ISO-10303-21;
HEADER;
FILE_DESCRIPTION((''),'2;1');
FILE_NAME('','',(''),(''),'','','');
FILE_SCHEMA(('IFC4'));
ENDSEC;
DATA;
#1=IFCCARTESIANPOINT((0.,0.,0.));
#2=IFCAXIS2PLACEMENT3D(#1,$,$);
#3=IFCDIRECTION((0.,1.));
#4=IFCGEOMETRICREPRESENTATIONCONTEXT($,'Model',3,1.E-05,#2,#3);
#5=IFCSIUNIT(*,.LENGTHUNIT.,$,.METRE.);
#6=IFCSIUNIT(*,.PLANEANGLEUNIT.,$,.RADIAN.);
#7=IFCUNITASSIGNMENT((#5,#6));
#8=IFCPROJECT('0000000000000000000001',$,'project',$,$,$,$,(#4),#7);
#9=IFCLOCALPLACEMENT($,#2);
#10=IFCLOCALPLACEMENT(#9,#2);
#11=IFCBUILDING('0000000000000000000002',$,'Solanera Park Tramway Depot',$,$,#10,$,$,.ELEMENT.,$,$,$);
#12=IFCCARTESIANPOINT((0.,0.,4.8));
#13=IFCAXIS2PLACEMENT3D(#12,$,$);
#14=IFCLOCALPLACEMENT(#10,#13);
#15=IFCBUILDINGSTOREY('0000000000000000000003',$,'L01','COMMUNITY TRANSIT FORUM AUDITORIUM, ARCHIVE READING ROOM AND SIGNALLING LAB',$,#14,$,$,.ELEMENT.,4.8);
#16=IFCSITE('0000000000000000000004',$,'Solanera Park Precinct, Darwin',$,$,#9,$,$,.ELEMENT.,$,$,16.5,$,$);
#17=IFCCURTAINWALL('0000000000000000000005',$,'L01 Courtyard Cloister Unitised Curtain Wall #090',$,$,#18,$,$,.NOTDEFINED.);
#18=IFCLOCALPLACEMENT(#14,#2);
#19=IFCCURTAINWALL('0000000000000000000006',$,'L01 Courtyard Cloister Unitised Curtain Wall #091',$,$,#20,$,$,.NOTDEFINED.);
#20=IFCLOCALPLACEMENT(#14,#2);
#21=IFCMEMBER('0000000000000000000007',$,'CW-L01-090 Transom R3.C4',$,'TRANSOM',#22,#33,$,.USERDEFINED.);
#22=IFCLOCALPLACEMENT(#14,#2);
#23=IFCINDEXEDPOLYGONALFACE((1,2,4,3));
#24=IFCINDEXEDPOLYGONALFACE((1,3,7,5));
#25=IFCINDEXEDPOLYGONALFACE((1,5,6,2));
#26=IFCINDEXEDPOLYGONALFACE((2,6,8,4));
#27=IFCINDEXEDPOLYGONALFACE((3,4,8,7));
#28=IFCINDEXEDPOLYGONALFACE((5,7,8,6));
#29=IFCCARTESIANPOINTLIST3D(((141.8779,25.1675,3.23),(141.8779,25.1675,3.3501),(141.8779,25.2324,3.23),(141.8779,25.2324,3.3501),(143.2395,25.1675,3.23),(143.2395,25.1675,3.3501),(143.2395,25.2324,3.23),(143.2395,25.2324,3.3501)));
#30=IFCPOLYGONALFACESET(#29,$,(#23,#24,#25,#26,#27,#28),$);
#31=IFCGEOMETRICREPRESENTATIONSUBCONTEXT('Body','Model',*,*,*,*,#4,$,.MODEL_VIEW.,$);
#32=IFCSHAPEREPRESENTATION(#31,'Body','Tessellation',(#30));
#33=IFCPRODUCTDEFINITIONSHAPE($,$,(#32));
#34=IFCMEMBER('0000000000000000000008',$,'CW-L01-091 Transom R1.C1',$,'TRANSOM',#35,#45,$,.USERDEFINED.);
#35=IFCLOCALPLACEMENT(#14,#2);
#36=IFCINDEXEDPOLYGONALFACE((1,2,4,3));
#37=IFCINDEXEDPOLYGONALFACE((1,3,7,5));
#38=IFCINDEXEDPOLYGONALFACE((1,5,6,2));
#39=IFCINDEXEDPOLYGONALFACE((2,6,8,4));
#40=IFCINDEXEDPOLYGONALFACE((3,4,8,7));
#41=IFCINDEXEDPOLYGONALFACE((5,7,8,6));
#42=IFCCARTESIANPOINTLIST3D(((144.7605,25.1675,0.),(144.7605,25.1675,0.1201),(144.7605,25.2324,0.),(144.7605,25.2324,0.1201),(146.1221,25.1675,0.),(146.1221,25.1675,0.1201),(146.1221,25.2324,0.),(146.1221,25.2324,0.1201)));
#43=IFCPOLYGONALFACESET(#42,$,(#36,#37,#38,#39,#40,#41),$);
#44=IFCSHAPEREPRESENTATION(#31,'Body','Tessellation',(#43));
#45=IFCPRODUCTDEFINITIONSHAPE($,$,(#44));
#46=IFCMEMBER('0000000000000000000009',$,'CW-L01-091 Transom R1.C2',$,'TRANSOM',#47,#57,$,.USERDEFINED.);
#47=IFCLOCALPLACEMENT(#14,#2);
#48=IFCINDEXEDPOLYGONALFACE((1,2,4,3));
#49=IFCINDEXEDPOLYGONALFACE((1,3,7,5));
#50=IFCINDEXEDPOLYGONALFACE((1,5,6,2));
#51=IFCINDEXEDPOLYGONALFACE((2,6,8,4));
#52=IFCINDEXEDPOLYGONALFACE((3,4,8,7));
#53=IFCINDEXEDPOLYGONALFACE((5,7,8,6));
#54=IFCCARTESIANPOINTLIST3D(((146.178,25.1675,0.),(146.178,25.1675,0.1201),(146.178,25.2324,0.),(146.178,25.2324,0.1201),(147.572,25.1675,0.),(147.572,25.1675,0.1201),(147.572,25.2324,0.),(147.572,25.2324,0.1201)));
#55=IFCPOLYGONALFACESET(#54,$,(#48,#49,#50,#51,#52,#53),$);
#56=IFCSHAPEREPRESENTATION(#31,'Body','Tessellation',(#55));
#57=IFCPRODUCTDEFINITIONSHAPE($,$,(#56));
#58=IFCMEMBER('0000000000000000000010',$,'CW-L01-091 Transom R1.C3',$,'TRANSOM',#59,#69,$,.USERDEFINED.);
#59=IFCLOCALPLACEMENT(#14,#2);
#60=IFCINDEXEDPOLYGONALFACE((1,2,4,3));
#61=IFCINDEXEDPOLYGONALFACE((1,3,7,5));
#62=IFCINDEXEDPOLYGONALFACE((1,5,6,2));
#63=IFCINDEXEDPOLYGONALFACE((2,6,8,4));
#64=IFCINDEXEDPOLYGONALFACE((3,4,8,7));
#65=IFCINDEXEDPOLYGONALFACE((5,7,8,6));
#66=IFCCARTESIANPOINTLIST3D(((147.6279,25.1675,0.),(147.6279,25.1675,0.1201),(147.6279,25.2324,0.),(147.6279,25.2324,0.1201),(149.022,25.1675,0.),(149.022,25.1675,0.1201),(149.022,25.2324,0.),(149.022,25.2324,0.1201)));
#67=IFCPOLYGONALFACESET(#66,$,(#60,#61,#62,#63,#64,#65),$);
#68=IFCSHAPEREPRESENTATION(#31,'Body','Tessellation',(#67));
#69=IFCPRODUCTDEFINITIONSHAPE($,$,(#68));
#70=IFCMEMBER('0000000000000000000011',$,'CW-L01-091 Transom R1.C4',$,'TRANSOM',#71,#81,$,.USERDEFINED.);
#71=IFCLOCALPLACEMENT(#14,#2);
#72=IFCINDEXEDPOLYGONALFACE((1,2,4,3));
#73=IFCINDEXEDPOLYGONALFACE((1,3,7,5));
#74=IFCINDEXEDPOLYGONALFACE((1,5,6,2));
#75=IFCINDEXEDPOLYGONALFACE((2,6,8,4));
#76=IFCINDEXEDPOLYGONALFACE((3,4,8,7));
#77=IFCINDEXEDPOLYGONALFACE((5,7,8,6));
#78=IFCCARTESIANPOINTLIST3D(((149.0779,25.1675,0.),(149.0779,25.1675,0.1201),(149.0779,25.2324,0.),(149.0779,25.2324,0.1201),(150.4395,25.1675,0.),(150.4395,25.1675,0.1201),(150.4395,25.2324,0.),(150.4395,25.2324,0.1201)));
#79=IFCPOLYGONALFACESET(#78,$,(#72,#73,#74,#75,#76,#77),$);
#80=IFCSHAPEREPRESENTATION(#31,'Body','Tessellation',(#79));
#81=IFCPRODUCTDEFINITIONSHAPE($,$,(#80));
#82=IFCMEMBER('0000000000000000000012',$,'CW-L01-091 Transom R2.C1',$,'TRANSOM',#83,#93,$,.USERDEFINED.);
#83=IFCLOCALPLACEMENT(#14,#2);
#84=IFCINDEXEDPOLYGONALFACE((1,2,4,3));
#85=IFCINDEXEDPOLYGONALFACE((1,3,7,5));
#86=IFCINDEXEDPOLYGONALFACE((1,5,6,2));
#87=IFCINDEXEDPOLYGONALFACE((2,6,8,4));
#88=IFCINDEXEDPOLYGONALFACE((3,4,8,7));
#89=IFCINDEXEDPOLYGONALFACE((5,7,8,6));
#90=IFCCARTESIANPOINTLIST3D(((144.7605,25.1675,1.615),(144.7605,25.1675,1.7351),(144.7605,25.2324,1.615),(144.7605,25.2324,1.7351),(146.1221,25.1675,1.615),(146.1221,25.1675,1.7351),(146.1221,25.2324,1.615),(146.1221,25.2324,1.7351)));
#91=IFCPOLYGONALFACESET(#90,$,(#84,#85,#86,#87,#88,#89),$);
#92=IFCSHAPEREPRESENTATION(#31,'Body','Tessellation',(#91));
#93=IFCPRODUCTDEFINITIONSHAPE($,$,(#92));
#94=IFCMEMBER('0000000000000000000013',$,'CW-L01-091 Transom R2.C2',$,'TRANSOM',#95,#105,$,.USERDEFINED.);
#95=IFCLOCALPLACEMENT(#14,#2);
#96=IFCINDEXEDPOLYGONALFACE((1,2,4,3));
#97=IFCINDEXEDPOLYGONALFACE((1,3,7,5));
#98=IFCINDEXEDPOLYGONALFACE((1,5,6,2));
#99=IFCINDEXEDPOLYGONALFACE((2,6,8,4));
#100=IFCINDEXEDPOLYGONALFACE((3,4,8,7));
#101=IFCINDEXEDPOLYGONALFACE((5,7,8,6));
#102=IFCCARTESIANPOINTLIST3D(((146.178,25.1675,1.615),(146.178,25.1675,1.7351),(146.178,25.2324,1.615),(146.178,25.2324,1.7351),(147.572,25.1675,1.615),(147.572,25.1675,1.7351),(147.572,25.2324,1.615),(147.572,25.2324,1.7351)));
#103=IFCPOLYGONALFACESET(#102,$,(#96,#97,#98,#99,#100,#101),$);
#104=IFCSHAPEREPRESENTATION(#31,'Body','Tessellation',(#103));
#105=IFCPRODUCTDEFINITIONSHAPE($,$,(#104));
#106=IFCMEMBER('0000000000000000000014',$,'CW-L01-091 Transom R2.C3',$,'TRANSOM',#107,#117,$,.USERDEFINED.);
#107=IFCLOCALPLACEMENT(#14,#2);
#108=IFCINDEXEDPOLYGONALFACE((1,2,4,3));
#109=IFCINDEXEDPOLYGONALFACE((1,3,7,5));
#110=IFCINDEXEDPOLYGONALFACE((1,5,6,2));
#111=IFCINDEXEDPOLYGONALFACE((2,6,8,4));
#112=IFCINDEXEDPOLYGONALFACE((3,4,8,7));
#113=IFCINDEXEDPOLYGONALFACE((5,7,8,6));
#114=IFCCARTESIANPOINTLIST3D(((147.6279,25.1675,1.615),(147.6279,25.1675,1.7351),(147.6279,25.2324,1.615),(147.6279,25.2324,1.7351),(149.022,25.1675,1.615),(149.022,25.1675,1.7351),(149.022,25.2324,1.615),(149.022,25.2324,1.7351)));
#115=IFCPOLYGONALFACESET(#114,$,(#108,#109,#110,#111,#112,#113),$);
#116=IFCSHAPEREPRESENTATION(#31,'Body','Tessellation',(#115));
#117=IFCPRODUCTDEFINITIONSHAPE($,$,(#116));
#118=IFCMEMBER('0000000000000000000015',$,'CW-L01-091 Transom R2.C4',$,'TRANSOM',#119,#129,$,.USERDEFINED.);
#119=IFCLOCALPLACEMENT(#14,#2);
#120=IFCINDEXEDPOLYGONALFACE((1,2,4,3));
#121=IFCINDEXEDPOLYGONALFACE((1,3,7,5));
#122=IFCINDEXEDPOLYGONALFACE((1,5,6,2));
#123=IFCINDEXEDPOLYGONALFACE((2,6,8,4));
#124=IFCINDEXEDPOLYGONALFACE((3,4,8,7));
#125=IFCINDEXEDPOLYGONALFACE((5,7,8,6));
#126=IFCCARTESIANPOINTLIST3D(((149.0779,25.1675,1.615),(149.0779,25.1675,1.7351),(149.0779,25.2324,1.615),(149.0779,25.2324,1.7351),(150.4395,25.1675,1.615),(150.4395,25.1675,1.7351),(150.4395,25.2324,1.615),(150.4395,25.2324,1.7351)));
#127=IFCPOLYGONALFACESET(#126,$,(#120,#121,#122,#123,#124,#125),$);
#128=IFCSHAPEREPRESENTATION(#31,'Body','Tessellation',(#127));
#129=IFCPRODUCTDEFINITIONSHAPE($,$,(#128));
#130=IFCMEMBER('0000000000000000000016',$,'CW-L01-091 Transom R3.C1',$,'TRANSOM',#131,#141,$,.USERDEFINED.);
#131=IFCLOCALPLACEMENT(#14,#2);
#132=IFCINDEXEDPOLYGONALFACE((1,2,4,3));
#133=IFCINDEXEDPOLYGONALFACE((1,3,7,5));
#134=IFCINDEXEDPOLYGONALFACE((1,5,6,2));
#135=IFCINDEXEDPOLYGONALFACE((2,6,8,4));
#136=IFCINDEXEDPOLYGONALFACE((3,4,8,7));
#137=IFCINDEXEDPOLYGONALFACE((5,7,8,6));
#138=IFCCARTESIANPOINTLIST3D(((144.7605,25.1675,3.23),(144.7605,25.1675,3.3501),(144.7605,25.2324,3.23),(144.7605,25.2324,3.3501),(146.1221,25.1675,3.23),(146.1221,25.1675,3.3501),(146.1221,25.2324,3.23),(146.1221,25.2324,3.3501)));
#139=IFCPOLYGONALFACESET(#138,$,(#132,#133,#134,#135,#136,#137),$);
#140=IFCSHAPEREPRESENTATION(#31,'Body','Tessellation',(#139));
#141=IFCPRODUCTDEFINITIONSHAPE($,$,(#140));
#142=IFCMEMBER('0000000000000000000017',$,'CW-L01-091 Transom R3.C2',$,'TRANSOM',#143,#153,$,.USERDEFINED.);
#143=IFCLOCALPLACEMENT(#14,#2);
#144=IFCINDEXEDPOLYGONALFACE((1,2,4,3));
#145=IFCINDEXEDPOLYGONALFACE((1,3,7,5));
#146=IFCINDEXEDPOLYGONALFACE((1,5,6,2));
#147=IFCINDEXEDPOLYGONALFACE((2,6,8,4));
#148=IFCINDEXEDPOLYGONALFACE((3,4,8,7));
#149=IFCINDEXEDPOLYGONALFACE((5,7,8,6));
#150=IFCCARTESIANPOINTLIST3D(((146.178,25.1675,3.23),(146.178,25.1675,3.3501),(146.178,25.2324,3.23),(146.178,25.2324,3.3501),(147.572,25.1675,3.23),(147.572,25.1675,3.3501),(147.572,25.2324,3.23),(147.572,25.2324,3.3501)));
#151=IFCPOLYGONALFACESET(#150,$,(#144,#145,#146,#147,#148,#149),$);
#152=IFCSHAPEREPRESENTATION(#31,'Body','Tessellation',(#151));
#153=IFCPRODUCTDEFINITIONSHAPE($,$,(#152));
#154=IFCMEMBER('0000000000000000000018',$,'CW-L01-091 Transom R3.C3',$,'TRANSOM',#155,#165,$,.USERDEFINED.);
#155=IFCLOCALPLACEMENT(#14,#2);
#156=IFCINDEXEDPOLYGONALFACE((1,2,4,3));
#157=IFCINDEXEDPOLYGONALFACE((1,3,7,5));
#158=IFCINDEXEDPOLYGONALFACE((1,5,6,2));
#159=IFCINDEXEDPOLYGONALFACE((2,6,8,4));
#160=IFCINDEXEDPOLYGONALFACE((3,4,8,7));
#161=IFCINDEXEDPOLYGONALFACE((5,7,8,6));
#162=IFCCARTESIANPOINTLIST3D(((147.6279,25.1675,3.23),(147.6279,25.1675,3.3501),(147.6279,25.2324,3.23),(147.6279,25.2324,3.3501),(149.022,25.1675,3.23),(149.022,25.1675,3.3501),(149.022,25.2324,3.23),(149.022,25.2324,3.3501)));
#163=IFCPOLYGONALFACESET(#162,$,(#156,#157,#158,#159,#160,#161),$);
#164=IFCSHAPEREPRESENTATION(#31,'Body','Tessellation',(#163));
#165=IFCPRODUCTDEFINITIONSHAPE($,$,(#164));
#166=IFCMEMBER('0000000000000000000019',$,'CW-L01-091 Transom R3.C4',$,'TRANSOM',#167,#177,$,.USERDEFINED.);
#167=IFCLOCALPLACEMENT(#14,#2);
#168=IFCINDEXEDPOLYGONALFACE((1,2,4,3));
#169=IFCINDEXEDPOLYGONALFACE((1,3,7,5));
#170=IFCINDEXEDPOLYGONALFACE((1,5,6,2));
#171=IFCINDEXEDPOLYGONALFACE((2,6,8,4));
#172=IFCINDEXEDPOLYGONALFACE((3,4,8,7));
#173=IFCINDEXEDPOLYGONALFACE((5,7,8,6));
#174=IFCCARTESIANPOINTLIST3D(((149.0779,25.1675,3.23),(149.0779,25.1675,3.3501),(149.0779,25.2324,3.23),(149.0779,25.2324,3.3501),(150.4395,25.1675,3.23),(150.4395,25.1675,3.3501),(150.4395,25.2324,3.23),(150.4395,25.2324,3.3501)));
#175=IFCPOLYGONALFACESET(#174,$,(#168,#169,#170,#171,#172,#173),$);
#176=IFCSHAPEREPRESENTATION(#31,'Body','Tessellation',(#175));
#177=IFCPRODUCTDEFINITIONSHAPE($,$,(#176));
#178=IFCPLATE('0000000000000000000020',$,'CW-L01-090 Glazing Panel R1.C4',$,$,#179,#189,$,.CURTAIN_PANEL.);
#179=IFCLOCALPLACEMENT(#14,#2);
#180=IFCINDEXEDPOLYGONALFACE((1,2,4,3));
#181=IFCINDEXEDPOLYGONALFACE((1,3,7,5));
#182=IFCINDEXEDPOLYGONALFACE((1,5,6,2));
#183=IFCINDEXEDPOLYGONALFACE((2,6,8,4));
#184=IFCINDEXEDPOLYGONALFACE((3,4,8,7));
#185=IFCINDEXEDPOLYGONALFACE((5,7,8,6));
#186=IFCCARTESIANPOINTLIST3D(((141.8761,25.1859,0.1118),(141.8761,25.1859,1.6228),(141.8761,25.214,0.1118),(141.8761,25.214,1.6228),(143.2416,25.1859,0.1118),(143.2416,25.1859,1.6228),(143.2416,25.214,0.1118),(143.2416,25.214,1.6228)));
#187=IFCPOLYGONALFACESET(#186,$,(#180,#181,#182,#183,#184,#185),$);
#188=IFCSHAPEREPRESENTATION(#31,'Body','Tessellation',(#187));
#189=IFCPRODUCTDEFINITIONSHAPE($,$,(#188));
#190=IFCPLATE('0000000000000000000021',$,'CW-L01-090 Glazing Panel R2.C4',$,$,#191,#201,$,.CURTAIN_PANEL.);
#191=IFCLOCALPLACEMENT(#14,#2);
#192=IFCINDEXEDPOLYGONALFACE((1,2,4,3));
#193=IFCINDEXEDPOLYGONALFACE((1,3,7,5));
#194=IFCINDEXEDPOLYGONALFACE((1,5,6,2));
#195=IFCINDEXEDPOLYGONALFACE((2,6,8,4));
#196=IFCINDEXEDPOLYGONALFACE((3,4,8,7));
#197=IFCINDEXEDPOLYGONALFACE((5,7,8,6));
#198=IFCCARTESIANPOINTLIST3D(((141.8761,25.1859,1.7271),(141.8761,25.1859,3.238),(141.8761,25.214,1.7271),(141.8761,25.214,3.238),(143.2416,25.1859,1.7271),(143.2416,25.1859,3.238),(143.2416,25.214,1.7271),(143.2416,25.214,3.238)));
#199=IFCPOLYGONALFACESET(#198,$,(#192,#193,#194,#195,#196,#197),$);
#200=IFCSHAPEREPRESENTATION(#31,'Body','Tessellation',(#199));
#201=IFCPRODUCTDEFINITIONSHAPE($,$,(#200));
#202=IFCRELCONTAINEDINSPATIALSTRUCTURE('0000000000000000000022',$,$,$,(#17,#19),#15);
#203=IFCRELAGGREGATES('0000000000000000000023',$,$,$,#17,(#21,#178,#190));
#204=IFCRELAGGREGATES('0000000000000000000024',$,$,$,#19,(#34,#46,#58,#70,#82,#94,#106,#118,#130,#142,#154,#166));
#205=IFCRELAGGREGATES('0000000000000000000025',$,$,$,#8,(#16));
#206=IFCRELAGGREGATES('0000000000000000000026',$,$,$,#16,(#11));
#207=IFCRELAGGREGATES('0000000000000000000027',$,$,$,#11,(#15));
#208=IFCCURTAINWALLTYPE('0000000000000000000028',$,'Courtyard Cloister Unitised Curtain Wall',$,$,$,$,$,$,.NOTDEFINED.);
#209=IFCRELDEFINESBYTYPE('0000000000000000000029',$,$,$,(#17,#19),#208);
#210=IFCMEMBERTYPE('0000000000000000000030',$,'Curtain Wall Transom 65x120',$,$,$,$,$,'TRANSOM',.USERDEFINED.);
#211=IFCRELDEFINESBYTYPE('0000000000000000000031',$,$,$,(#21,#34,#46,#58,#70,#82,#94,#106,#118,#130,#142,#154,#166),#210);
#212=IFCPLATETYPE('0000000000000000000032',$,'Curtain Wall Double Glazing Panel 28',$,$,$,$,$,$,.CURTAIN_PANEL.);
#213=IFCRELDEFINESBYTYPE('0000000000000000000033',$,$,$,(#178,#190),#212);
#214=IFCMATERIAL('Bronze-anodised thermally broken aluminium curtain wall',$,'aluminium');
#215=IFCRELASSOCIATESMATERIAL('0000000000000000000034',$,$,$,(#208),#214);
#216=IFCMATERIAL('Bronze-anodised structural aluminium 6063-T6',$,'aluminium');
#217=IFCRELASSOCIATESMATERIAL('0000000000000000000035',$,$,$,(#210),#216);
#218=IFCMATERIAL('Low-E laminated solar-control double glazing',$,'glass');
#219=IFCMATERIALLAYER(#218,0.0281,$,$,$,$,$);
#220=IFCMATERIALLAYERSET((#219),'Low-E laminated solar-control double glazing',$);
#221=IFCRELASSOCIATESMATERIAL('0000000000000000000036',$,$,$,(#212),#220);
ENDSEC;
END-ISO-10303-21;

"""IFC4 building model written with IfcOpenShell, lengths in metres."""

from ifc_helpers import new_model, si_unit, direction, frame, origin, origin_2d, place, context, subcontext, project, spatial, rectangle, extrude, material, layer, layer_set, material_profile, profile_set, type_object, element, aggregate, save


model = new_model("IFC4")

# Units and contexts
model_context = context("Model", 3, precision=1e-05, world=origin(), true_north=direction((0.0, 1.0)))
body_context = subcontext(model_context, "Body", "Model", "MODEL_VIEW")
ifc_project = project(units=[si_unit("LENGTHUNIT", "METRE"), si_unit("PLANEANGLEUNIT", "RADIAN")], contexts=[model_context])

# Site, building, storey
site_placement = place(None, origin())
site = spatial("IfcSite", under=ifc_project, at=site_placement, Name="Solanera Park Precinct, Darwin", CompositionType="ELEMENT", RefElevation=16.5)
building_placement = place(site_placement, origin())
building = spatial("IfcBuilding", under=site, at=building_placement, Name="Solanera Park Tramway Depot", CompositionType="ELEMENT")
storey_placement = place(building_placement, frame((0.0, 0.0, 4.8)))
storey = spatial("IfcBuildingStorey", under=building, at=storey_placement, Name="L01", Description="COMMUNITY TRANSIT FORUM AUDITORIUM, ARCHIVE READING ROOM AND SIGNALLING LAB", CompositionType="ELEMENT", Elevation=4.8)

# Curtain walls
ifc_material_1 = material(Name="Bronze-anodised thermally broken aluminium curtain wall", Category="aluminium")
curtain_wall_type = type_object("IfcCurtainWallType", Name="Courtyard Cloister Unitised Curtain Wall", PredefinedType="NOTDEFINED", material=ifc_material_1)
curtain_wall_1_placement = place(storey_placement, origin())
curtain_wall_1 = element("IfcCurtainWall", 1, at=curtain_wall_1_placement, inside=storey, type_object=curtain_wall_type, Name="L01 Courtyard Cloister Unitised Curtain Wall #090", PredefinedType="NOTDEFINED")
curtain_wall_2_placement = place(storey_placement, origin())
curtain_wall_2 = element("IfcCurtainWall", 2, at=curtain_wall_2_placement, inside=storey, type_object=curtain_wall_type, Name="L01 Courtyard Cloister Unitised Curtain Wall #091", PredefinedType="NOTDEFINED")

# Members
ifc_material_2 = material(Name="Bronze-anodised structural aluminium 6063-T6", Category="aluminium")
ifc_material_profile_1 = material_profile(ifc_material_2, rectangle(XDim=0.0649, YDim=0.1201, at=origin_2d()), Name="Curtain Wall Transom 65x120")
ifc_profile_set_1 = profile_set([ifc_material_profile_1], Name="Bronze-anodised structural aluminium 6063-T6")
member_type_1 = type_object("IfcMemberType", Name="Curtain Wall Transom 65x120", ElementType="TRANSOM", PredefinedType="USERDEFINED", material=ifc_profile_set_1)
member_1_placement = place(storey_placement, frame((141.8779, 25.2, 3.29), z_axis=(1.0, 0.0, 0.0), x_axis=(0.0, 1.0, 0.0)))
member_1 = element("IfcMember", 3, at=member_1_placement, type_object=member_type_1, Name="CW-L01-090 Transom R3.C4", ObjectType="TRANSOM", PredefinedType="USERDEFINED", context=body_context, shape_type="SweptSolid", body=[
    extrude(rectangle(XDim=0.0649, YDim=0.1201, at=origin_2d()), origin(), (0.0, 0.0, 1.0), 1.3616),
])
member_2_placement = place(storey_placement, frame((144.7605, 25.2, 0.0601), z_axis=(1.0, 0.0, 0.0), x_axis=(0.0, 1.0, 0.0)))
member_2 = element("IfcMember", 4, at=member_2_placement, type_object=member_type_1, Name="CW-L01-091 Transom R1.C1", ObjectType="TRANSOM", PredefinedType="USERDEFINED", context=body_context, shape_type="SweptSolid", body=[
    extrude(rectangle(XDim=0.0649, YDim=0.1201, at=origin_2d()), origin(), (0.0, 0.0, 1.0), 1.3616),
])
member_3_placement = place(storey_placement, frame((146.178, 25.2, 0.0601), z_axis=(1.0, 0.0, 0.0), x_axis=(0.0, 1.0, 0.0)))
member_3 = element("IfcMember", 5, at=member_3_placement, type_object=member_type_1, Name="CW-L01-091 Transom R1.C2", ObjectType="TRANSOM", PredefinedType="USERDEFINED", context=body_context, shape_type="SweptSolid", body=[
    extrude(rectangle(XDim=0.0649, YDim=0.1201, at=origin_2d()), origin(), (0.0, 0.0, 1.0), 1.394),
])
member_4_placement = place(storey_placement, frame((147.6279, 25.2, 0.0601), z_axis=(1.0, 0.0, 0.0), x_axis=(0.0, 1.0, 0.0)))
member_4 = element("IfcMember", 6, at=member_4_placement, type_object=member_type_1, Name="CW-L01-091 Transom R1.C3", ObjectType="TRANSOM", PredefinedType="USERDEFINED", context=body_context, shape_type="SweptSolid", body=[
    extrude(rectangle(XDim=0.0649, YDim=0.1201, at=origin_2d()), origin(), (0.0, 0.0, 1.0), 1.394),
])
member_5_placement = place(storey_placement, frame((149.0779, 25.2, 0.0601), z_axis=(1.0, 0.0, 0.0), x_axis=(0.0, 1.0, 0.0)))
member_5 = element("IfcMember", 7, at=member_5_placement, type_object=member_type_1, Name="CW-L01-091 Transom R1.C4", ObjectType="TRANSOM", PredefinedType="USERDEFINED", context=body_context, shape_type="SweptSolid", body=[
    extrude(rectangle(XDim=0.0649, YDim=0.1201, at=origin_2d()), origin(), (0.0, 0.0, 1.0), 1.3616),
])
member_6_placement = place(storey_placement, frame((144.7605, 25.2, 1.675), z_axis=(1.0, 0.0, 0.0), x_axis=(0.0, 1.0, 0.0)))
member_6 = element("IfcMember", 8, at=member_6_placement, type_object=member_type_1, Name="CW-L01-091 Transom R2.C1", ObjectType="TRANSOM", PredefinedType="USERDEFINED", context=body_context, shape_type="SweptSolid", body=[
    extrude(rectangle(XDim=0.0649, YDim=0.1201, at=origin_2d()), origin(), (0.0, 0.0, 1.0), 1.3616),
])
member_7_placement = place(storey_placement, frame((146.178, 25.2, 1.675), z_axis=(1.0, 0.0, 0.0), x_axis=(0.0, 1.0, 0.0)))
member_7 = element("IfcMember", 9, at=member_7_placement, type_object=member_type_1, Name="CW-L01-091 Transom R2.C2", ObjectType="TRANSOM", PredefinedType="USERDEFINED", context=body_context, shape_type="SweptSolid", body=[
    extrude(rectangle(XDim=0.0649, YDim=0.1201, at=origin_2d()), origin(), (0.0, 0.0, 1.0), 1.394),
])
member_8_placement = place(storey_placement, frame((147.6279, 25.2, 1.675), z_axis=(1.0, 0.0, 0.0), x_axis=(0.0, 1.0, 0.0)))
member_8 = element("IfcMember", 10, at=member_8_placement, type_object=member_type_1, Name="CW-L01-091 Transom R2.C3", ObjectType="TRANSOM", PredefinedType="USERDEFINED", context=body_context, shape_type="SweptSolid", body=[
    extrude(rectangle(XDim=0.0649, YDim=0.1201, at=origin_2d()), origin(), (0.0, 0.0, 1.0), 1.394),
])
member_9_placement = place(storey_placement, frame((149.0779, 25.2, 1.675), z_axis=(1.0, 0.0, 0.0), x_axis=(0.0, 1.0, 0.0)))
member_9 = element("IfcMember", 11, at=member_9_placement, type_object=member_type_1, Name="CW-L01-091 Transom R2.C4", ObjectType="TRANSOM", PredefinedType="USERDEFINED", context=body_context, shape_type="SweptSolid", body=[
    extrude(rectangle(XDim=0.0649, YDim=0.1201, at=origin_2d()), origin(), (0.0, 0.0, 1.0), 1.3616),
])
member_10_placement = place(storey_placement, frame((144.7605, 25.2, 3.29), z_axis=(1.0, 0.0, 0.0), x_axis=(0.0, 1.0, 0.0)))
member_10 = element("IfcMember", 12, at=member_10_placement, type_object=member_type_1, Name="CW-L01-091 Transom R3.C1", ObjectType="TRANSOM", PredefinedType="USERDEFINED", context=body_context, shape_type="SweptSolid", body=[
    extrude(rectangle(XDim=0.0649, YDim=0.1201, at=origin_2d()), origin(), (0.0, 0.0, 1.0), 1.3616),
])
member_11_placement = place(storey_placement, frame((146.178, 25.2, 3.29), z_axis=(1.0, 0.0, 0.0), x_axis=(0.0, 1.0, 0.0)))
member_11 = element("IfcMember", 13, at=member_11_placement, type_object=member_type_1, Name="CW-L01-091 Transom R3.C2", ObjectType="TRANSOM", PredefinedType="USERDEFINED", context=body_context, shape_type="SweptSolid", body=[
    extrude(rectangle(XDim=0.0649, YDim=0.1201, at=origin_2d()), origin(), (0.0, 0.0, 1.0), 1.394),
])
member_12_placement = place(storey_placement, frame((147.6279, 25.2, 3.29), z_axis=(1.0, 0.0, 0.0), x_axis=(0.0, 1.0, 0.0)))
member_12 = element("IfcMember", 14, at=member_12_placement, type_object=member_type_1, Name="CW-L01-091 Transom R3.C3", ObjectType="TRANSOM", PredefinedType="USERDEFINED", context=body_context, shape_type="SweptSolid", body=[
    extrude(rectangle(XDim=0.0649, YDim=0.1201, at=origin_2d()), origin(), (0.0, 0.0, 1.0), 1.394),
])
member_13_placement = place(storey_placement, frame((149.0779, 25.2, 3.29), z_axis=(1.0, 0.0, 0.0), x_axis=(0.0, 1.0, 0.0)))
member_13 = element("IfcMember", 15, at=member_13_placement, type_object=member_type_1, Name="CW-L01-091 Transom R3.C4", ObjectType="TRANSOM", PredefinedType="USERDEFINED", context=body_context, shape_type="SweptSolid", body=[
    extrude(rectangle(XDim=0.0649, YDim=0.1201, at=origin_2d()), origin(), (0.0, 0.0, 1.0), 1.3616),
])

# Plates
ifc_material_3 = material(Name="Low-E laminated solar-control double glazing", Category="glass")
ifc_layer = layer(ifc_material_3, 0.0281)
ifc_layer_set = layer_set([ifc_layer], Name="Low-E laminated solar-control double glazing")
plate_type = type_object("IfcPlateType", Name="Curtain Wall Double Glazing Panel 28", PredefinedType="CURTAIN_PANEL", material=ifc_layer_set)
plate_1_placement = place(storey_placement, frame((142.5588, 25.2, 0.1118), z_axis=(0.0, 0.0, 1.0), x_axis=(1.0, 0.0, 0.0)))
plate_1 = element("IfcPlate", 16, at=plate_1_placement, type_object=plate_type, Name="CW-L01-090 Glazing Panel R1.C4", PredefinedType="CURTAIN_PANEL", context=body_context, shape_type="SweptSolid", body=[
    extrude(rectangle(XDim=1.3655, YDim=0.0281, at=origin_2d()), origin(), (0.0, 0.0, 1.0), 1.511),
])
plate_2_placement = place(storey_placement, frame((142.5588, 25.2, 1.7271), z_axis=(0.0, 0.0, 1.0), x_axis=(1.0, 0.0, 0.0)))
plate_2 = element("IfcPlate", 17, at=plate_2_placement, type_object=plate_type, Name="CW-L01-090 Glazing Panel R2.C4", PredefinedType="CURTAIN_PANEL", context=body_context, shape_type="SweptSolid", body=[
    extrude(rectangle(XDim=1.3655, YDim=0.0281, at=origin_2d()), origin(), (0.0, 0.0, 1.0), 1.511),
])
aggregate(curtain_wall_1, [member_1, plate_1, plate_2])
aggregate(curtain_wall_2, [member_2, member_3, member_4, member_5, member_6, member_7, member_8, member_9, member_10, member_11, member_12, member_13])

save(model, "model.ifc")
